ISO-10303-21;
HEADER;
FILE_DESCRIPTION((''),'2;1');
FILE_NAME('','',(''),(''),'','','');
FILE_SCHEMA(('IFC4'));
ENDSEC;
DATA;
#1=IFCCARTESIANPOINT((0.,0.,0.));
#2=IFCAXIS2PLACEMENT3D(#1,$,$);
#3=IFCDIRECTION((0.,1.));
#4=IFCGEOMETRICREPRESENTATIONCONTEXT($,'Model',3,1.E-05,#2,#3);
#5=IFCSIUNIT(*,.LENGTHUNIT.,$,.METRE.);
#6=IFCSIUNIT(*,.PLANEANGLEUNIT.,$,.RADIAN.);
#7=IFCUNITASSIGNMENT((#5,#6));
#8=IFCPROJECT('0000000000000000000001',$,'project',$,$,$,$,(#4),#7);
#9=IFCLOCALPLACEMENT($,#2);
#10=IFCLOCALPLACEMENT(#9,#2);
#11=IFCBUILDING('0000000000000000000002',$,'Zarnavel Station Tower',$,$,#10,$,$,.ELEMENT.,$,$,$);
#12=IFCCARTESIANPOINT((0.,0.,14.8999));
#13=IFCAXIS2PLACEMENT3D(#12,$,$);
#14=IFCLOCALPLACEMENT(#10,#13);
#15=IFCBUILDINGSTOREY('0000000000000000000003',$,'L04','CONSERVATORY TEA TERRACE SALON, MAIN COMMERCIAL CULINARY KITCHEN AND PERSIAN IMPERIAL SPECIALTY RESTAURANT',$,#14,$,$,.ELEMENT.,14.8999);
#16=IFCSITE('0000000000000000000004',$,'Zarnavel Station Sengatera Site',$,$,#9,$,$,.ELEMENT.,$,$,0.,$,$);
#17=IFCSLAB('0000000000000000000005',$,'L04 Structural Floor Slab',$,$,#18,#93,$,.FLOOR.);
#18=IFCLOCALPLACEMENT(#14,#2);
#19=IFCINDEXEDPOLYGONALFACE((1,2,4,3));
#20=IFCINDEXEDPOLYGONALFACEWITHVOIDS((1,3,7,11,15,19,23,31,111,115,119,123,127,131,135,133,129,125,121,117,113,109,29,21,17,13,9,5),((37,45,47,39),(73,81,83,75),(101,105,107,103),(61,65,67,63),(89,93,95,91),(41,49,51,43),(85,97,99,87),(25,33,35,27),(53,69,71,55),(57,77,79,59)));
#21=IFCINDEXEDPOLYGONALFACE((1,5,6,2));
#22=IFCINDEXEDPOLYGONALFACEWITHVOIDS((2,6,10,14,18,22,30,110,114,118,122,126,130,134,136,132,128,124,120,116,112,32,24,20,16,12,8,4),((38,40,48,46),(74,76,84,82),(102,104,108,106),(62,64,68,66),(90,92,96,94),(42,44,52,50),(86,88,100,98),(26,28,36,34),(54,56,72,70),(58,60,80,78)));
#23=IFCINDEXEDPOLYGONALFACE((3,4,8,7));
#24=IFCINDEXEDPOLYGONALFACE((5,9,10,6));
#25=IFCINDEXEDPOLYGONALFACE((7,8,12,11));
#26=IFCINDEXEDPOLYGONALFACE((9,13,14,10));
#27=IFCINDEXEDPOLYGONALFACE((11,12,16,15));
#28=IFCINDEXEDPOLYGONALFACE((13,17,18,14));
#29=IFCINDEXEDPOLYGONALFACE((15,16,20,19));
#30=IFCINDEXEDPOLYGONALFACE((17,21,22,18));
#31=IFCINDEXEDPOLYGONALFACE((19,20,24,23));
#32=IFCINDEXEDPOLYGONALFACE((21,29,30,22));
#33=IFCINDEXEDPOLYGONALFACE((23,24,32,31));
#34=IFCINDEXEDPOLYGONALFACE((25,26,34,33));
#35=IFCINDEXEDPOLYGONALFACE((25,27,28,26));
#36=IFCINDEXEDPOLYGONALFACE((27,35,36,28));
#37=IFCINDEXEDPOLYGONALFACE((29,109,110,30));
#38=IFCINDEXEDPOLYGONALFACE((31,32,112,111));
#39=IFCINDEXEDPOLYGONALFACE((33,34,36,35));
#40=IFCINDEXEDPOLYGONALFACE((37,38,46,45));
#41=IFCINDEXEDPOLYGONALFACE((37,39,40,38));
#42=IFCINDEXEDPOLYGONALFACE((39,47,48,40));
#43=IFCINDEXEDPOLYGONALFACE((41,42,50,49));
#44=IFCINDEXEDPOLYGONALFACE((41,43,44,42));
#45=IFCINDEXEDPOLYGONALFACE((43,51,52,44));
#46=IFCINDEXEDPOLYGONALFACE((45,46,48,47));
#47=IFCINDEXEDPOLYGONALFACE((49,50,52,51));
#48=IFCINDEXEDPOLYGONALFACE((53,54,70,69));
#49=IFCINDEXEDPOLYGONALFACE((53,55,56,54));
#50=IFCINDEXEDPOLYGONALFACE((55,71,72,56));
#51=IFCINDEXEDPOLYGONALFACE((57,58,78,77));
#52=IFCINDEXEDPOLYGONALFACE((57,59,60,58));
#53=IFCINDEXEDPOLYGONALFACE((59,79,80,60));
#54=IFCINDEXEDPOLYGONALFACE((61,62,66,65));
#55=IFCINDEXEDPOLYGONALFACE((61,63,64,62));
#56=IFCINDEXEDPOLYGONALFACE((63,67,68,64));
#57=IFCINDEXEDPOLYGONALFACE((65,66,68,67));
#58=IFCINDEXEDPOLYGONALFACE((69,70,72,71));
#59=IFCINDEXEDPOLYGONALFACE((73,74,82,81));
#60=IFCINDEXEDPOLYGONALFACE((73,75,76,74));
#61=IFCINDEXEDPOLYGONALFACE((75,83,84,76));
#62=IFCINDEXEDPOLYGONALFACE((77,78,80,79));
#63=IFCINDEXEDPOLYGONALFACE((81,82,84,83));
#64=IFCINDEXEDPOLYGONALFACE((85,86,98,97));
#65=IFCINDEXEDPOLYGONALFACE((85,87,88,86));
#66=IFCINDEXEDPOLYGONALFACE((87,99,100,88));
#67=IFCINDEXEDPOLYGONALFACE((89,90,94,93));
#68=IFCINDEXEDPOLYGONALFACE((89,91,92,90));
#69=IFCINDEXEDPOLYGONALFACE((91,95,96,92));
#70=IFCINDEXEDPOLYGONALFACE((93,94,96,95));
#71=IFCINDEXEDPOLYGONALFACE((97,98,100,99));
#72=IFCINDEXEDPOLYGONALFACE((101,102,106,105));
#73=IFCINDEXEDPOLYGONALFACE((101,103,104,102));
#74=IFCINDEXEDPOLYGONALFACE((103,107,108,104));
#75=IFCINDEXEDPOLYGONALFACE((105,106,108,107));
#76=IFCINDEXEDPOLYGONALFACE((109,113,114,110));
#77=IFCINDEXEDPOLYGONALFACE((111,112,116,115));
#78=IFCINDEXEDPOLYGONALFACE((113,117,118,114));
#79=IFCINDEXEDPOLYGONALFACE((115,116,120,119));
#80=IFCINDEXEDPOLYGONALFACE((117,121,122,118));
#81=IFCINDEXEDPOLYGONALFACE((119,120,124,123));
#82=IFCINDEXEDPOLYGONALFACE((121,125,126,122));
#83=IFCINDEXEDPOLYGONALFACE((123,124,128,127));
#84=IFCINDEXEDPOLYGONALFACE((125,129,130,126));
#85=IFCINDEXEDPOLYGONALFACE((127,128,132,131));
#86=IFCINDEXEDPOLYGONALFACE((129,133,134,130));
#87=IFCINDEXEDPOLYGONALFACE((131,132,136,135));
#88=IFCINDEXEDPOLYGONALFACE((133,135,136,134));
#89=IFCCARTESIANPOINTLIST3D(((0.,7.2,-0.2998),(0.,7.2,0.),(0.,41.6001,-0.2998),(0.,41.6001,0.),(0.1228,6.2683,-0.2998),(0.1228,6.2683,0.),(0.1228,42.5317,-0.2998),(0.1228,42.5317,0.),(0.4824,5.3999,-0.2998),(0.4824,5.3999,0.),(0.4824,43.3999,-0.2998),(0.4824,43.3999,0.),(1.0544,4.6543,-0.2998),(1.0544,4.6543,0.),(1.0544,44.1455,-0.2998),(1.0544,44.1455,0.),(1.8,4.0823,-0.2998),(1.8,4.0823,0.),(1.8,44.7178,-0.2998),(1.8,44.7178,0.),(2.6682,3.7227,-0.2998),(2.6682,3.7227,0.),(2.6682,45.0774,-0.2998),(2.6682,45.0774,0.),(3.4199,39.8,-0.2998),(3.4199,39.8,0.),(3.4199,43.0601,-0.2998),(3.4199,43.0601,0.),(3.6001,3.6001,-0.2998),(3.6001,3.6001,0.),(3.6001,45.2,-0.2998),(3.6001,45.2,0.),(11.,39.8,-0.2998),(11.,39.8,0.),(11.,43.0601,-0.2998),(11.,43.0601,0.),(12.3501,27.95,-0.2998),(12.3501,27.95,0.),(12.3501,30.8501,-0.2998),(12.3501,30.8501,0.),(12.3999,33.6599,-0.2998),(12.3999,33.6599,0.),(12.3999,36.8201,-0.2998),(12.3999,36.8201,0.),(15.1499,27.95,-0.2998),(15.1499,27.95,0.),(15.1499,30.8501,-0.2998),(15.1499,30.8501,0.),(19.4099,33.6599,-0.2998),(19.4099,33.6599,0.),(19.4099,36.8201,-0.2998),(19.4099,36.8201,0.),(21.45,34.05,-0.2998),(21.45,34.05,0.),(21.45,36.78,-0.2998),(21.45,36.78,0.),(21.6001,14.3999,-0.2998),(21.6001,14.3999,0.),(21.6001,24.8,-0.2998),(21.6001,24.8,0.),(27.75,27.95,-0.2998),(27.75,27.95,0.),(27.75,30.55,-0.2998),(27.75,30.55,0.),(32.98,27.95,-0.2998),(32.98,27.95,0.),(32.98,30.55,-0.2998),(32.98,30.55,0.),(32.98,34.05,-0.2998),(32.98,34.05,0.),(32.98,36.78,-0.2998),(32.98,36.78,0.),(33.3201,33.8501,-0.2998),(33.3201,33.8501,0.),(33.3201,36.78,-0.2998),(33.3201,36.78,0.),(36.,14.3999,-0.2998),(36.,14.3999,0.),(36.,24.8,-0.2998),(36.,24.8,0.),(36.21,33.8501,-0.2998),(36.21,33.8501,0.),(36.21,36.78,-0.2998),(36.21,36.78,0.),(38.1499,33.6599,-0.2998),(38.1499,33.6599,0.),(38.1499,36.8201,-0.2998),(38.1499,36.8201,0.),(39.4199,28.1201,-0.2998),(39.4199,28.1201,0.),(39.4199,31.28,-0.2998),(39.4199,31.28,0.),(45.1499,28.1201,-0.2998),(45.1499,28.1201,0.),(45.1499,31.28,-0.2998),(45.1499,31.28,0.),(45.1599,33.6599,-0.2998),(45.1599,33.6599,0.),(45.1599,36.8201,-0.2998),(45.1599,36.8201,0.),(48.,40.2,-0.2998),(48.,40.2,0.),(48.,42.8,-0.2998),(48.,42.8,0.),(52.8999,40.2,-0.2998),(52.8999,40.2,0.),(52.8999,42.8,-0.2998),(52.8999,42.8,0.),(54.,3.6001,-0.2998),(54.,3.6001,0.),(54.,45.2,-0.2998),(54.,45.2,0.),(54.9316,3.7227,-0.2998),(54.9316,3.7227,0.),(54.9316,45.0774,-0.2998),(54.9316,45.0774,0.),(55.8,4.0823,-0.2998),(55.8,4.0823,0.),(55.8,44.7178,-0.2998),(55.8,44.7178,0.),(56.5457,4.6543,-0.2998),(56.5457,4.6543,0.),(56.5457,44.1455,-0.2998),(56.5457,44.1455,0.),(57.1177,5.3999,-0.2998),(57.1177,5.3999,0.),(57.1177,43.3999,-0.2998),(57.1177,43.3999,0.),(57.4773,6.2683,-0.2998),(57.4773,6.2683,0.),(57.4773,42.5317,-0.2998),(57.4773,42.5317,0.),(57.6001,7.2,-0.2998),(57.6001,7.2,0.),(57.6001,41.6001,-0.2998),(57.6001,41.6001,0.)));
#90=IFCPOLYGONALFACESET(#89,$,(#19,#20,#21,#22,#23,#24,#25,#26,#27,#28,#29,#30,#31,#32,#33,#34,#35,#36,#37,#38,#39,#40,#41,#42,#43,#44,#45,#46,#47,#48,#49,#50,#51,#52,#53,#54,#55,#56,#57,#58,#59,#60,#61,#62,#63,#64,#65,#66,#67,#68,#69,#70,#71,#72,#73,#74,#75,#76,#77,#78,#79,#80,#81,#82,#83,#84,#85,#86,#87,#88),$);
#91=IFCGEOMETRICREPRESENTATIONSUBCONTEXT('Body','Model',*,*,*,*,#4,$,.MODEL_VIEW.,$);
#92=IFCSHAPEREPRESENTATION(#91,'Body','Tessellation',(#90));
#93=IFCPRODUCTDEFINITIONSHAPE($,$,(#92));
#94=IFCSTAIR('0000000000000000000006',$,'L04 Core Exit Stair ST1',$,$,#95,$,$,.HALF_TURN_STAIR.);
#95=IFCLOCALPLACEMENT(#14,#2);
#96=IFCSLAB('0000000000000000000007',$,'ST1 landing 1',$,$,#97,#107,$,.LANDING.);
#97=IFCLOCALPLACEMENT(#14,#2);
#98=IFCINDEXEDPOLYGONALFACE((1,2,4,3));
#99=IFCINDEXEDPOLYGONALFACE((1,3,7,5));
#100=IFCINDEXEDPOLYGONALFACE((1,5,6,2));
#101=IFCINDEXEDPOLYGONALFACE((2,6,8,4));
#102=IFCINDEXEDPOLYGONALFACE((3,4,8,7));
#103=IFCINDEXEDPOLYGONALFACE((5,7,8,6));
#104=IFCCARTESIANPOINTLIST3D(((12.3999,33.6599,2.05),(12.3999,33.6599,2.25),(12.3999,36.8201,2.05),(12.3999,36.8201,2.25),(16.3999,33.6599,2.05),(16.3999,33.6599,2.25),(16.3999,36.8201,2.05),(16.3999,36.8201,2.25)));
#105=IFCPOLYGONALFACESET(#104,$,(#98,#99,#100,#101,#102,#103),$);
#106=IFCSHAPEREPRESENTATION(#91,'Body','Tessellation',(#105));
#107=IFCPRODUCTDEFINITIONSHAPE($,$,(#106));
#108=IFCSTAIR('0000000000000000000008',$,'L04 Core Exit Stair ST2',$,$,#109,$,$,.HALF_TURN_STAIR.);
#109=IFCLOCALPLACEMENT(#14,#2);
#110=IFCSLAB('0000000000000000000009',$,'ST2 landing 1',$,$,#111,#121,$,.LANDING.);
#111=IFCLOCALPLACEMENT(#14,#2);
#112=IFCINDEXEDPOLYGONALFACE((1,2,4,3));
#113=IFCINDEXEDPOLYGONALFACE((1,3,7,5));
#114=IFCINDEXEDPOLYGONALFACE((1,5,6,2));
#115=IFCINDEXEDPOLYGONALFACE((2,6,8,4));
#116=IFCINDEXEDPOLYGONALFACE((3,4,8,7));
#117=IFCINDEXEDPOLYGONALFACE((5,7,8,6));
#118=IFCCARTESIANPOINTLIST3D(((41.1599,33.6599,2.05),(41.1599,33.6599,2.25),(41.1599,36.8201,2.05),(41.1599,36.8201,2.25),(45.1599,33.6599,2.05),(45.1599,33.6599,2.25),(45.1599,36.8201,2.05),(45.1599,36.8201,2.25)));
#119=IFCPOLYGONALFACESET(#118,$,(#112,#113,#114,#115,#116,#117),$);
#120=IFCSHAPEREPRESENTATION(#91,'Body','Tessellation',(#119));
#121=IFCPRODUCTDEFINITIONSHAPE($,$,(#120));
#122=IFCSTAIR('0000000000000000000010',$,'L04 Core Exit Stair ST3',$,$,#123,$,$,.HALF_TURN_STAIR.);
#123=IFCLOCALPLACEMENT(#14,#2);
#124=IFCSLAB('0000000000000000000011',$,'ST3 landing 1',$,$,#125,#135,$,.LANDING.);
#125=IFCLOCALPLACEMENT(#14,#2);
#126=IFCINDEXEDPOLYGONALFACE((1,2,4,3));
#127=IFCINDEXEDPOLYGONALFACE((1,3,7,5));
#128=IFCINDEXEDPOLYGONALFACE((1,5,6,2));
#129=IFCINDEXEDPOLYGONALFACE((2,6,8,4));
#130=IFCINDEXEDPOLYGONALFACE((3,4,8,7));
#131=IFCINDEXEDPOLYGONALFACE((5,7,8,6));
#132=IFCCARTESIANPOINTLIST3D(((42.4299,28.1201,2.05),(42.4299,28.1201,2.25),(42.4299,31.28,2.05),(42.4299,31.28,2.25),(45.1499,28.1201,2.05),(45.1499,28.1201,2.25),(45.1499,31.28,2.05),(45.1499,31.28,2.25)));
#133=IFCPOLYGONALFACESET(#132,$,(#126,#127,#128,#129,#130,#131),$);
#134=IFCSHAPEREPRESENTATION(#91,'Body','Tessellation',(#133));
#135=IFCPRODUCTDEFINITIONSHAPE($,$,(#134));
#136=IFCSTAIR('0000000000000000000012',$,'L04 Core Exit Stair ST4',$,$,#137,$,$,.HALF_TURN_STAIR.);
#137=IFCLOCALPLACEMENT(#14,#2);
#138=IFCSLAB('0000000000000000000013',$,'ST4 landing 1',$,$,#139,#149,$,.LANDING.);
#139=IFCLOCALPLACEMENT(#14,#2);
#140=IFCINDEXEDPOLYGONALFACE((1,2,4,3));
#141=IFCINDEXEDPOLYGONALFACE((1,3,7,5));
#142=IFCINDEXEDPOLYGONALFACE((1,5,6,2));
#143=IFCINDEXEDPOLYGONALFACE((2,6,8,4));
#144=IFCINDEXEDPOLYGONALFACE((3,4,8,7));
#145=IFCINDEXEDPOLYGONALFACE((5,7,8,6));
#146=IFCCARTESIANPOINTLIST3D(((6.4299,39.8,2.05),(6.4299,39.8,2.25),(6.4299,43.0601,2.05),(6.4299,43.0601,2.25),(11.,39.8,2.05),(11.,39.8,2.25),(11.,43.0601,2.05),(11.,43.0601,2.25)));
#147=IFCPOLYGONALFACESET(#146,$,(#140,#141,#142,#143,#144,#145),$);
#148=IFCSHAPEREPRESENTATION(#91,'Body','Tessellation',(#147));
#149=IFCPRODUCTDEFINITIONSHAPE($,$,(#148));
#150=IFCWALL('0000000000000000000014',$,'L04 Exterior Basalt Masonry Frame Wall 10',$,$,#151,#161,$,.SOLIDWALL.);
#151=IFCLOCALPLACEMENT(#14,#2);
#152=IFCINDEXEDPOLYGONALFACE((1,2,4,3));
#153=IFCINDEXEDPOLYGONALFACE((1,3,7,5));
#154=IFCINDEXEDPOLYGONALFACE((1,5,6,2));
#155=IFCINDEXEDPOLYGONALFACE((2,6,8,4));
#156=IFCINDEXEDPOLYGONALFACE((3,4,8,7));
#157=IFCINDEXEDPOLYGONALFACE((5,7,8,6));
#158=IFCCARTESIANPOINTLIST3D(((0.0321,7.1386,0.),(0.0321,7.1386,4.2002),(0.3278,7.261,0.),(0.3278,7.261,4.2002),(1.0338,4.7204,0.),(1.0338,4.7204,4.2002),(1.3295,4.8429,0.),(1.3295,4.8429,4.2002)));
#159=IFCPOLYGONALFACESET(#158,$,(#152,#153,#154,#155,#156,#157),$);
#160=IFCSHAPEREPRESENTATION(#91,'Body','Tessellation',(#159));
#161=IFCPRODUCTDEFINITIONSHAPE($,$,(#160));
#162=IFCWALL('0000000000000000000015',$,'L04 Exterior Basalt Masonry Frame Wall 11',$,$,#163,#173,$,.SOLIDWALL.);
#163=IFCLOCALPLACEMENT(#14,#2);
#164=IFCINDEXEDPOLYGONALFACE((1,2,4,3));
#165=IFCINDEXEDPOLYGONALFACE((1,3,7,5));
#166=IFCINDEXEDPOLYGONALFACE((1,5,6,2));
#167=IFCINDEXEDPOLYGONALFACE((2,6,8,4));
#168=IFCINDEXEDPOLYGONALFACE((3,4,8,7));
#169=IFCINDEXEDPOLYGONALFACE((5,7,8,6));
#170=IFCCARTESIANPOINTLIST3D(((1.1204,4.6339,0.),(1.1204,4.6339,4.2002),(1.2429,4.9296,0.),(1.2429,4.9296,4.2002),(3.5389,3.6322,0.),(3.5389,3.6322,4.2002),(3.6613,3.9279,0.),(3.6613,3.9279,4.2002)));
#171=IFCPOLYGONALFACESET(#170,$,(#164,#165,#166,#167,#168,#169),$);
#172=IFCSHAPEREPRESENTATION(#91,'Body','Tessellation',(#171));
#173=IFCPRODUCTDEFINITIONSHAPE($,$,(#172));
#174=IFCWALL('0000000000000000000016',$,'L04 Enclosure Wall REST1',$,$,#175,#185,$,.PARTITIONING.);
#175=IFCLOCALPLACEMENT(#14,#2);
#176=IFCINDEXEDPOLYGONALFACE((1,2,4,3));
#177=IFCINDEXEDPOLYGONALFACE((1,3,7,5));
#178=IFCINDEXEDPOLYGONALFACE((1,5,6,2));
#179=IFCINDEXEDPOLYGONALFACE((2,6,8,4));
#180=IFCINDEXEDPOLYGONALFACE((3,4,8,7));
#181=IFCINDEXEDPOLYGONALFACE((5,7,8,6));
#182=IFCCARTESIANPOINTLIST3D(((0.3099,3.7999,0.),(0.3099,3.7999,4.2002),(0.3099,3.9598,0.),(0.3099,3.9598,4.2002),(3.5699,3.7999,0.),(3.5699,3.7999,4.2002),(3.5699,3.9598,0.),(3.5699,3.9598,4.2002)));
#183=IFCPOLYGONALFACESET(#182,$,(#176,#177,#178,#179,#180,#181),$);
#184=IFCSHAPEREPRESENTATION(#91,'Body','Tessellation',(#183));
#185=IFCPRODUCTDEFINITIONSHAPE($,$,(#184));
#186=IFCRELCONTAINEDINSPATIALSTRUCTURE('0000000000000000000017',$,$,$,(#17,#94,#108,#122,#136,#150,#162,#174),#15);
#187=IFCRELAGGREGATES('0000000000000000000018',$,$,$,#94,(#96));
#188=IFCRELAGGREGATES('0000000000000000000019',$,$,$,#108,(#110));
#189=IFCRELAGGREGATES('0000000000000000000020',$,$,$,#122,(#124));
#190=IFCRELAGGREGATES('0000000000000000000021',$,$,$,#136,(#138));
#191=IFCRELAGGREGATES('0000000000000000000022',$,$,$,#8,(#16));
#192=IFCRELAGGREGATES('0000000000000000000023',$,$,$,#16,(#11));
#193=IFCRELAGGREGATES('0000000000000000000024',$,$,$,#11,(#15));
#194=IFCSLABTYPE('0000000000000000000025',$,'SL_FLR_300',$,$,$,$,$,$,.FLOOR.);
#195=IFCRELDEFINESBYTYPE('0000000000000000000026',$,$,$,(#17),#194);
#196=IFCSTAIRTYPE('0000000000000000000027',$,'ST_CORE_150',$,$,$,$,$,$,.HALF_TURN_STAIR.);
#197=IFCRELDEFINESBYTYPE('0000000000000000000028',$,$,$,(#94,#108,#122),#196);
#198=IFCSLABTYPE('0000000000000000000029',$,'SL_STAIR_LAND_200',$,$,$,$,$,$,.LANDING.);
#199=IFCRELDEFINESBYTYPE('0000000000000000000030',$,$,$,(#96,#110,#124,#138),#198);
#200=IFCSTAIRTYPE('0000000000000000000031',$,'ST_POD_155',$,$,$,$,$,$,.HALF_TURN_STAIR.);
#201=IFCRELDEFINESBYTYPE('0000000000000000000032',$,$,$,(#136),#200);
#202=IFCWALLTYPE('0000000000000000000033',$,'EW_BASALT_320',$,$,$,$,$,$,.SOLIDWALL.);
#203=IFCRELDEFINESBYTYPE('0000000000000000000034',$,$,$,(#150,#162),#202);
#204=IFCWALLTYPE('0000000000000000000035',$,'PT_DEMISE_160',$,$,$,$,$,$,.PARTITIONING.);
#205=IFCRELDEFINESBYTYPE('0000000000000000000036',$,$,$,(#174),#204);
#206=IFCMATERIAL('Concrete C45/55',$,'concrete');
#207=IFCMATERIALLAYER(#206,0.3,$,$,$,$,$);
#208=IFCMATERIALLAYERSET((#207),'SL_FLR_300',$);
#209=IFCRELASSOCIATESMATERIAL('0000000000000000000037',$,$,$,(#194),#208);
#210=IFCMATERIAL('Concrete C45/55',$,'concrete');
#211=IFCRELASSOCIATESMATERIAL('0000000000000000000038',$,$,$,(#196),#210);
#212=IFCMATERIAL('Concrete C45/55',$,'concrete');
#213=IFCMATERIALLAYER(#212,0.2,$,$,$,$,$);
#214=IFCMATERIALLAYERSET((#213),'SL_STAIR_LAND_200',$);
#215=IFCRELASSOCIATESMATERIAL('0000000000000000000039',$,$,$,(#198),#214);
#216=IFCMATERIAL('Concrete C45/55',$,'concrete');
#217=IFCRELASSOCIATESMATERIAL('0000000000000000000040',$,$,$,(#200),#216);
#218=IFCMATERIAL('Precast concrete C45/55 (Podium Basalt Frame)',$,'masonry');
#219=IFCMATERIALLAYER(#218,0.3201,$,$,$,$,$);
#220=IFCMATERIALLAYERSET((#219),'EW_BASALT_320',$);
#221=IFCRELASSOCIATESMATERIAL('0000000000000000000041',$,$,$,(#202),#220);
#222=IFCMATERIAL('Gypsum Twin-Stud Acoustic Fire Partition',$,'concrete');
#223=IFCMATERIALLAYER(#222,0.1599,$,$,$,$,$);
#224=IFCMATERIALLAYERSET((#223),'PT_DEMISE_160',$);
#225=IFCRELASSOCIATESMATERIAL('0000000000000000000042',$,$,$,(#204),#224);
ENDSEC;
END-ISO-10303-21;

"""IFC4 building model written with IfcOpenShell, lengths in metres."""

from ifc_helpers import new_model, si_unit, direction, frame, frame_2d, origin, place, context, subcontext, project, spatial, polyline, rectangle, outline, extrude, material, layer, layer_set, type_object, element, aggregate, save


model = new_model("IFC4")

# Units and contexts
model_context = context("Model", 3, precision=1e-05, world=origin(), true_north=direction((0.0, 1.0)))
body_context = subcontext(model_context, "Body", "Model", "MODEL_VIEW")
ifc_project = project(units=[si_unit("LENGTHUNIT", "METRE"), si_unit("PLANEANGLEUNIT", "RADIAN")], contexts=[model_context])

# Site, building, storey
site_placement = place(None, origin())
site = spatial("IfcSite", under=ifc_project, at=site_placement, Name="Zarnavel Station Sengatera Site", CompositionType="ELEMENT", RefElevation=0.0)
building_placement = place(site_placement, origin())
building = spatial("IfcBuilding", under=site, at=building_placement, Name="Zarnavel Station Tower", CompositionType="ELEMENT")
storey_placement = place(building_placement, frame((0.0, 0.0, 14.8999)))
storey = spatial("IfcBuildingStorey", under=building, at=storey_placement, Name="L04", Description="CONSERVATORY TEA TERRACE SALON, MAIN COMMERCIAL CULINARY KITCHEN AND PERSIAN IMPERIAL SPECIALTY RESTAURANT", CompositionType="ELEMENT", Elevation=14.8999)

# Slab
ifc_material_1 = material(Name="Concrete C45/55", Category="concrete")
ifc_layer_1 = layer(ifc_material_1, 0.3)
ifc_layer_set_1 = layer_set([ifc_layer_1], Name="SL_FLR_300")
slab_type_1 = type_object("IfcSlabType", Name="SL_FLR_300", PredefinedType="FLOOR", material=ifc_layer_set_1)
slab_1_placement = place(storey_placement, frame((0.0, 0.0, -0.2998)))
element("IfcSlab", 1, at=slab_1_placement, inside=storey, type_object=slab_type_1, Name="L04 Structural Floor Slab", PredefinedType="FLOOR", context=body_context, shape_type="SweptSolid", body=[
    extrude(outline(polyline([(54.0, 3.6001), (54.9316, 3.7227), (55.8, 4.0823), (56.5457, 4.6543), (57.1177, 5.3999), (57.4773, 6.2683), (57.6001, 7.2), (57.6001, 41.6001), (57.4773, 42.5317), (57.1177, 43.3999), (56.5457, 44.1455), (55.8, 44.7178), (54.9316, 45.0774), (54.0, 45.2), (3.6001, 45.2), (2.6682, 45.0774), (1.8, 44.7178), (1.0544, 44.1455), (0.4824, 43.3999), (0.1228, 42.5317), (0.0, 41.6001), (0.0, 7.2), (0.1228, 6.2683), (0.4824, 5.3999), (1.0544, 4.6543), (1.8, 4.0823), (2.6682, 3.7227), (3.6001, 3.6001), (54.0, 3.6001)]), holes=[polyline([(12.3999, 33.6599), (19.4099, 33.6599), (19.4099, 36.8201), (12.3999, 36.8201), (12.3999, 33.6599)]), polyline([(38.1499, 33.6599), (45.1599, 33.6599), (45.1599, 36.8201), (38.1499, 36.8201), (38.1499, 33.6599)]), polyline([(39.4199, 28.1201), (45.1499, 28.1201), (45.1499, 31.28), (39.4199, 31.28), (39.4199, 28.1201)]), polyline([(3.4199, 39.8), (11.0, 39.8), (11.0, 43.0601), (3.4199, 43.0601), (3.4199, 39.8)]), polyline([(12.3501, 27.95), (15.1499, 27.95), (15.1499, 30.8501), (12.3501, 30.8501), (12.3501, 27.95)]), polyline([(33.3201, 33.8501), (36.21, 33.8501), (36.21, 36.78), (33.3201, 36.78), (33.3201, 33.8501)]), polyline([(21.45, 34.05), (32.98, 34.05), (32.98, 36.78), (21.45, 36.78), (21.45, 34.05)]), polyline([(27.75, 27.95), (32.98, 27.95), (32.98, 30.55), (27.75, 30.55), (27.75, 27.95)]), polyline([(48.0, 40.2), (52.8999, 40.2), (52.8999, 42.8), (48.0, 42.8), (48.0, 40.2)]), polyline([(21.6001, 14.3999), (36.0, 14.3999), (36.0, 24.8), (21.6001, 24.8), (21.6001, 14.3999)])]), origin(), (0.0, 0.0, 1.0), 0.2998),
])

# Stairs, slabs
ifc_material_2 = material(Name="Concrete C45/55", Category="concrete")
stair_type_1 = type_object("IfcStairType", Name="ST_CORE_150", PredefinedType="HALF_TURN_STAIR", material=ifc_material_2)
stair_1_placement = place(storey_placement, origin())
stair_1 = element("IfcStair", 2, at=stair_1_placement, inside=storey, type_object=stair_type_1, Name="L04 Core Exit Stair ST1", PredefinedType="HALF_TURN_STAIR")
ifc_material_3 = material(Name="Concrete C45/55", Category="concrete")
ifc_layer_2 = layer(ifc_material_3, 0.2)
ifc_layer_set_2 = layer_set([ifc_layer_2], Name="SL_STAIR_LAND_200")
slab_type_2 = type_object("IfcSlabType", Name="SL_STAIR_LAND_200", PredefinedType="LANDING", material=ifc_layer_set_2)
slab_2_placement = place(storey_placement, frame((0.0, 0.0, 2.05)))
slab_2 = element("IfcSlab", 3, at=slab_2_placement, type_object=slab_type_2, Name="ST1 landing 1", PredefinedType="LANDING", context=body_context, shape_type="SweptSolid", body=[
    extrude(outline(polyline([(16.3999, 36.8201), (12.3999, 36.8201), (12.3999, 33.6599), (16.3999, 33.6599), (16.3999, 36.8201)])), origin(), (0.0, 0.0, 1.0), 0.2),
])
aggregate(stair_1, [slab_2])
stair_2_placement = place(storey_placement, origin())
stair_2 = element("IfcStair", 4, at=stair_2_placement, inside=storey, type_object=stair_type_1, Name="L04 Core Exit Stair ST2", PredefinedType="HALF_TURN_STAIR")
slab_3_placement = place(storey_placement, frame((0.0, 0.0, 2.05)))
slab_3 = element("IfcSlab", 5, at=slab_3_placement, type_object=slab_type_2, Name="ST2 landing 1", PredefinedType="LANDING", context=body_context, shape_type="SweptSolid", body=[
    extrude(outline(polyline([(41.1599, 33.6599), (45.1599, 33.6599), (45.1599, 36.8201), (41.1599, 36.8201), (41.1599, 33.6599)])), origin(), (0.0, 0.0, 1.0), 0.2),
])
aggregate(stair_2, [slab_3])
stair_3_placement = place(storey_placement, origin())
stair_3 = element("IfcStair", 6, at=stair_3_placement, inside=storey, type_object=stair_type_1, Name="L04 Core Exit Stair ST3", PredefinedType="HALF_TURN_STAIR")
slab_4_placement = place(storey_placement, frame((0.0, 0.0, 2.05)))
slab_4 = element("IfcSlab", 7, at=slab_4_placement, type_object=slab_type_2, Name="ST3 landing 1", PredefinedType="LANDING", context=body_context, shape_type="SweptSolid", body=[
    extrude(outline(polyline([(42.4299, 28.1201), (45.1499, 28.1201), (45.1499, 31.28), (42.4299, 31.28), (42.4299, 28.1201)])), origin(), (0.0, 0.0, 1.0), 0.2),
])
aggregate(stair_3, [slab_4])
ifc_material_4 = material(Name="Concrete C45/55", Category="concrete")
stair_type_2 = type_object("IfcStairType", Name="ST_POD_155", PredefinedType="HALF_TURN_STAIR", material=ifc_material_4)
stair_4_placement = place(storey_placement, origin())
stair_4 = element("IfcStair", 8, at=stair_4_placement, inside=storey, type_object=stair_type_2, Name="L04 Core Exit Stair ST4", PredefinedType="HALF_TURN_STAIR")
slab_5_placement = place(storey_placement, frame((0.0, 0.0, 2.05)))
slab_5 = element("IfcSlab", 9, at=slab_5_placement, type_object=slab_type_2, Name="ST4 landing 1", PredefinedType="LANDING", context=body_context, shape_type="SweptSolid", body=[
    extrude(outline(polyline([(6.4299, 39.8), (11.0, 39.8), (11.0, 43.0601), (6.4299, 43.0601), (6.4299, 39.8)])), origin(), (0.0, 0.0, 1.0), 0.2),
])
aggregate(stair_4, [slab_5])

# Walls
ifc_material_5 = material(Name="Precast concrete C45/55 (Podium Basalt Frame)", Category="masonry")
ifc_layer_3 = layer(ifc_material_5, 0.3201)
ifc_layer_set_3 = layer_set([ifc_layer_3], Name="EW_BASALT_320")
wall_type_1 = type_object("IfcWallType", Name="EW_BASALT_320", PredefinedType="SOLIDWALL", material=ifc_layer_set_3)
wall_1_placement = place(storey_placement, frame((1.1816, 4.7817, 0.0), z_axis=(0.0, 0.0, 1.0), x_axis=(-0.382701, 0.923872, 0.0)))
element("IfcWall", 10, at=wall_1_placement, inside=storey, type_object=wall_type_1, Name="L04 Exterior Basalt Masonry Frame Wall 10", PredefinedType="SOLIDWALL", context=body_context, shape_type="SweptSolid", body=[
    extrude(rectangle(XDim=2.6174, YDim=0.3201, at=frame_2d((1.3086, 0.0))), origin(), (0.0, 0.0, 1.0), 4.2002),
])
wall_2_placement = place(storey_placement, frame((3.6001, 3.78, 0.0), z_axis=(0.0, 0.0, 1.0), x_axis=(-0.923886, 0.382668, 0.0)))
element("IfcWall", 11, at=wall_2_placement, inside=storey, type_object=wall_type_1, Name="L04 Exterior Basalt Masonry Frame Wall 11", PredefinedType="SOLIDWALL", context=body_context, shape_type="SweptSolid", body=[
    extrude(rectangle(XDim=2.6177, YDim=0.3201, at=frame_2d((1.3088, 0.0))), origin(), (0.0, 0.0, 1.0), 4.2002),
])
ifc_material_6 = material(Name="Gypsum Twin-Stud Acoustic Fire Partition", Category="concrete")
ifc_layer_4 = layer(ifc_material_6, 0.1599)
ifc_layer_set_4 = layer_set([ifc_layer_4], Name="PT_DEMISE_160")
wall_type_2 = type_object("IfcWallType", Name="PT_DEMISE_160", PredefinedType="PARTITIONING", material=ifc_layer_set_4)
for number, where, z_axis, x_axis, name in (
    (12, (0.3101, 3.8799, 0.0), (0.0, 0.0, 1.0), (1.0, 0.0, 0.0), "L04 Enclosure Wall REST1"),
):
    element("IfcWall", number, at=place(storey_placement, frame(where, z_axis=z_axis, x_axis=x_axis)), inside=storey, type_object=wall_type_2, Name=name, PredefinedType="PARTITIONING", context=body_context, shape_type="SweptSolid", body=[
        extrude(rectangle(XDim=3.26, YDim=0.1599, at=frame_2d((1.6299, 0.0))), origin(), (0.0, 0.0, 1.0), 4.2002),
    ])

save(model, "model.ifc")
